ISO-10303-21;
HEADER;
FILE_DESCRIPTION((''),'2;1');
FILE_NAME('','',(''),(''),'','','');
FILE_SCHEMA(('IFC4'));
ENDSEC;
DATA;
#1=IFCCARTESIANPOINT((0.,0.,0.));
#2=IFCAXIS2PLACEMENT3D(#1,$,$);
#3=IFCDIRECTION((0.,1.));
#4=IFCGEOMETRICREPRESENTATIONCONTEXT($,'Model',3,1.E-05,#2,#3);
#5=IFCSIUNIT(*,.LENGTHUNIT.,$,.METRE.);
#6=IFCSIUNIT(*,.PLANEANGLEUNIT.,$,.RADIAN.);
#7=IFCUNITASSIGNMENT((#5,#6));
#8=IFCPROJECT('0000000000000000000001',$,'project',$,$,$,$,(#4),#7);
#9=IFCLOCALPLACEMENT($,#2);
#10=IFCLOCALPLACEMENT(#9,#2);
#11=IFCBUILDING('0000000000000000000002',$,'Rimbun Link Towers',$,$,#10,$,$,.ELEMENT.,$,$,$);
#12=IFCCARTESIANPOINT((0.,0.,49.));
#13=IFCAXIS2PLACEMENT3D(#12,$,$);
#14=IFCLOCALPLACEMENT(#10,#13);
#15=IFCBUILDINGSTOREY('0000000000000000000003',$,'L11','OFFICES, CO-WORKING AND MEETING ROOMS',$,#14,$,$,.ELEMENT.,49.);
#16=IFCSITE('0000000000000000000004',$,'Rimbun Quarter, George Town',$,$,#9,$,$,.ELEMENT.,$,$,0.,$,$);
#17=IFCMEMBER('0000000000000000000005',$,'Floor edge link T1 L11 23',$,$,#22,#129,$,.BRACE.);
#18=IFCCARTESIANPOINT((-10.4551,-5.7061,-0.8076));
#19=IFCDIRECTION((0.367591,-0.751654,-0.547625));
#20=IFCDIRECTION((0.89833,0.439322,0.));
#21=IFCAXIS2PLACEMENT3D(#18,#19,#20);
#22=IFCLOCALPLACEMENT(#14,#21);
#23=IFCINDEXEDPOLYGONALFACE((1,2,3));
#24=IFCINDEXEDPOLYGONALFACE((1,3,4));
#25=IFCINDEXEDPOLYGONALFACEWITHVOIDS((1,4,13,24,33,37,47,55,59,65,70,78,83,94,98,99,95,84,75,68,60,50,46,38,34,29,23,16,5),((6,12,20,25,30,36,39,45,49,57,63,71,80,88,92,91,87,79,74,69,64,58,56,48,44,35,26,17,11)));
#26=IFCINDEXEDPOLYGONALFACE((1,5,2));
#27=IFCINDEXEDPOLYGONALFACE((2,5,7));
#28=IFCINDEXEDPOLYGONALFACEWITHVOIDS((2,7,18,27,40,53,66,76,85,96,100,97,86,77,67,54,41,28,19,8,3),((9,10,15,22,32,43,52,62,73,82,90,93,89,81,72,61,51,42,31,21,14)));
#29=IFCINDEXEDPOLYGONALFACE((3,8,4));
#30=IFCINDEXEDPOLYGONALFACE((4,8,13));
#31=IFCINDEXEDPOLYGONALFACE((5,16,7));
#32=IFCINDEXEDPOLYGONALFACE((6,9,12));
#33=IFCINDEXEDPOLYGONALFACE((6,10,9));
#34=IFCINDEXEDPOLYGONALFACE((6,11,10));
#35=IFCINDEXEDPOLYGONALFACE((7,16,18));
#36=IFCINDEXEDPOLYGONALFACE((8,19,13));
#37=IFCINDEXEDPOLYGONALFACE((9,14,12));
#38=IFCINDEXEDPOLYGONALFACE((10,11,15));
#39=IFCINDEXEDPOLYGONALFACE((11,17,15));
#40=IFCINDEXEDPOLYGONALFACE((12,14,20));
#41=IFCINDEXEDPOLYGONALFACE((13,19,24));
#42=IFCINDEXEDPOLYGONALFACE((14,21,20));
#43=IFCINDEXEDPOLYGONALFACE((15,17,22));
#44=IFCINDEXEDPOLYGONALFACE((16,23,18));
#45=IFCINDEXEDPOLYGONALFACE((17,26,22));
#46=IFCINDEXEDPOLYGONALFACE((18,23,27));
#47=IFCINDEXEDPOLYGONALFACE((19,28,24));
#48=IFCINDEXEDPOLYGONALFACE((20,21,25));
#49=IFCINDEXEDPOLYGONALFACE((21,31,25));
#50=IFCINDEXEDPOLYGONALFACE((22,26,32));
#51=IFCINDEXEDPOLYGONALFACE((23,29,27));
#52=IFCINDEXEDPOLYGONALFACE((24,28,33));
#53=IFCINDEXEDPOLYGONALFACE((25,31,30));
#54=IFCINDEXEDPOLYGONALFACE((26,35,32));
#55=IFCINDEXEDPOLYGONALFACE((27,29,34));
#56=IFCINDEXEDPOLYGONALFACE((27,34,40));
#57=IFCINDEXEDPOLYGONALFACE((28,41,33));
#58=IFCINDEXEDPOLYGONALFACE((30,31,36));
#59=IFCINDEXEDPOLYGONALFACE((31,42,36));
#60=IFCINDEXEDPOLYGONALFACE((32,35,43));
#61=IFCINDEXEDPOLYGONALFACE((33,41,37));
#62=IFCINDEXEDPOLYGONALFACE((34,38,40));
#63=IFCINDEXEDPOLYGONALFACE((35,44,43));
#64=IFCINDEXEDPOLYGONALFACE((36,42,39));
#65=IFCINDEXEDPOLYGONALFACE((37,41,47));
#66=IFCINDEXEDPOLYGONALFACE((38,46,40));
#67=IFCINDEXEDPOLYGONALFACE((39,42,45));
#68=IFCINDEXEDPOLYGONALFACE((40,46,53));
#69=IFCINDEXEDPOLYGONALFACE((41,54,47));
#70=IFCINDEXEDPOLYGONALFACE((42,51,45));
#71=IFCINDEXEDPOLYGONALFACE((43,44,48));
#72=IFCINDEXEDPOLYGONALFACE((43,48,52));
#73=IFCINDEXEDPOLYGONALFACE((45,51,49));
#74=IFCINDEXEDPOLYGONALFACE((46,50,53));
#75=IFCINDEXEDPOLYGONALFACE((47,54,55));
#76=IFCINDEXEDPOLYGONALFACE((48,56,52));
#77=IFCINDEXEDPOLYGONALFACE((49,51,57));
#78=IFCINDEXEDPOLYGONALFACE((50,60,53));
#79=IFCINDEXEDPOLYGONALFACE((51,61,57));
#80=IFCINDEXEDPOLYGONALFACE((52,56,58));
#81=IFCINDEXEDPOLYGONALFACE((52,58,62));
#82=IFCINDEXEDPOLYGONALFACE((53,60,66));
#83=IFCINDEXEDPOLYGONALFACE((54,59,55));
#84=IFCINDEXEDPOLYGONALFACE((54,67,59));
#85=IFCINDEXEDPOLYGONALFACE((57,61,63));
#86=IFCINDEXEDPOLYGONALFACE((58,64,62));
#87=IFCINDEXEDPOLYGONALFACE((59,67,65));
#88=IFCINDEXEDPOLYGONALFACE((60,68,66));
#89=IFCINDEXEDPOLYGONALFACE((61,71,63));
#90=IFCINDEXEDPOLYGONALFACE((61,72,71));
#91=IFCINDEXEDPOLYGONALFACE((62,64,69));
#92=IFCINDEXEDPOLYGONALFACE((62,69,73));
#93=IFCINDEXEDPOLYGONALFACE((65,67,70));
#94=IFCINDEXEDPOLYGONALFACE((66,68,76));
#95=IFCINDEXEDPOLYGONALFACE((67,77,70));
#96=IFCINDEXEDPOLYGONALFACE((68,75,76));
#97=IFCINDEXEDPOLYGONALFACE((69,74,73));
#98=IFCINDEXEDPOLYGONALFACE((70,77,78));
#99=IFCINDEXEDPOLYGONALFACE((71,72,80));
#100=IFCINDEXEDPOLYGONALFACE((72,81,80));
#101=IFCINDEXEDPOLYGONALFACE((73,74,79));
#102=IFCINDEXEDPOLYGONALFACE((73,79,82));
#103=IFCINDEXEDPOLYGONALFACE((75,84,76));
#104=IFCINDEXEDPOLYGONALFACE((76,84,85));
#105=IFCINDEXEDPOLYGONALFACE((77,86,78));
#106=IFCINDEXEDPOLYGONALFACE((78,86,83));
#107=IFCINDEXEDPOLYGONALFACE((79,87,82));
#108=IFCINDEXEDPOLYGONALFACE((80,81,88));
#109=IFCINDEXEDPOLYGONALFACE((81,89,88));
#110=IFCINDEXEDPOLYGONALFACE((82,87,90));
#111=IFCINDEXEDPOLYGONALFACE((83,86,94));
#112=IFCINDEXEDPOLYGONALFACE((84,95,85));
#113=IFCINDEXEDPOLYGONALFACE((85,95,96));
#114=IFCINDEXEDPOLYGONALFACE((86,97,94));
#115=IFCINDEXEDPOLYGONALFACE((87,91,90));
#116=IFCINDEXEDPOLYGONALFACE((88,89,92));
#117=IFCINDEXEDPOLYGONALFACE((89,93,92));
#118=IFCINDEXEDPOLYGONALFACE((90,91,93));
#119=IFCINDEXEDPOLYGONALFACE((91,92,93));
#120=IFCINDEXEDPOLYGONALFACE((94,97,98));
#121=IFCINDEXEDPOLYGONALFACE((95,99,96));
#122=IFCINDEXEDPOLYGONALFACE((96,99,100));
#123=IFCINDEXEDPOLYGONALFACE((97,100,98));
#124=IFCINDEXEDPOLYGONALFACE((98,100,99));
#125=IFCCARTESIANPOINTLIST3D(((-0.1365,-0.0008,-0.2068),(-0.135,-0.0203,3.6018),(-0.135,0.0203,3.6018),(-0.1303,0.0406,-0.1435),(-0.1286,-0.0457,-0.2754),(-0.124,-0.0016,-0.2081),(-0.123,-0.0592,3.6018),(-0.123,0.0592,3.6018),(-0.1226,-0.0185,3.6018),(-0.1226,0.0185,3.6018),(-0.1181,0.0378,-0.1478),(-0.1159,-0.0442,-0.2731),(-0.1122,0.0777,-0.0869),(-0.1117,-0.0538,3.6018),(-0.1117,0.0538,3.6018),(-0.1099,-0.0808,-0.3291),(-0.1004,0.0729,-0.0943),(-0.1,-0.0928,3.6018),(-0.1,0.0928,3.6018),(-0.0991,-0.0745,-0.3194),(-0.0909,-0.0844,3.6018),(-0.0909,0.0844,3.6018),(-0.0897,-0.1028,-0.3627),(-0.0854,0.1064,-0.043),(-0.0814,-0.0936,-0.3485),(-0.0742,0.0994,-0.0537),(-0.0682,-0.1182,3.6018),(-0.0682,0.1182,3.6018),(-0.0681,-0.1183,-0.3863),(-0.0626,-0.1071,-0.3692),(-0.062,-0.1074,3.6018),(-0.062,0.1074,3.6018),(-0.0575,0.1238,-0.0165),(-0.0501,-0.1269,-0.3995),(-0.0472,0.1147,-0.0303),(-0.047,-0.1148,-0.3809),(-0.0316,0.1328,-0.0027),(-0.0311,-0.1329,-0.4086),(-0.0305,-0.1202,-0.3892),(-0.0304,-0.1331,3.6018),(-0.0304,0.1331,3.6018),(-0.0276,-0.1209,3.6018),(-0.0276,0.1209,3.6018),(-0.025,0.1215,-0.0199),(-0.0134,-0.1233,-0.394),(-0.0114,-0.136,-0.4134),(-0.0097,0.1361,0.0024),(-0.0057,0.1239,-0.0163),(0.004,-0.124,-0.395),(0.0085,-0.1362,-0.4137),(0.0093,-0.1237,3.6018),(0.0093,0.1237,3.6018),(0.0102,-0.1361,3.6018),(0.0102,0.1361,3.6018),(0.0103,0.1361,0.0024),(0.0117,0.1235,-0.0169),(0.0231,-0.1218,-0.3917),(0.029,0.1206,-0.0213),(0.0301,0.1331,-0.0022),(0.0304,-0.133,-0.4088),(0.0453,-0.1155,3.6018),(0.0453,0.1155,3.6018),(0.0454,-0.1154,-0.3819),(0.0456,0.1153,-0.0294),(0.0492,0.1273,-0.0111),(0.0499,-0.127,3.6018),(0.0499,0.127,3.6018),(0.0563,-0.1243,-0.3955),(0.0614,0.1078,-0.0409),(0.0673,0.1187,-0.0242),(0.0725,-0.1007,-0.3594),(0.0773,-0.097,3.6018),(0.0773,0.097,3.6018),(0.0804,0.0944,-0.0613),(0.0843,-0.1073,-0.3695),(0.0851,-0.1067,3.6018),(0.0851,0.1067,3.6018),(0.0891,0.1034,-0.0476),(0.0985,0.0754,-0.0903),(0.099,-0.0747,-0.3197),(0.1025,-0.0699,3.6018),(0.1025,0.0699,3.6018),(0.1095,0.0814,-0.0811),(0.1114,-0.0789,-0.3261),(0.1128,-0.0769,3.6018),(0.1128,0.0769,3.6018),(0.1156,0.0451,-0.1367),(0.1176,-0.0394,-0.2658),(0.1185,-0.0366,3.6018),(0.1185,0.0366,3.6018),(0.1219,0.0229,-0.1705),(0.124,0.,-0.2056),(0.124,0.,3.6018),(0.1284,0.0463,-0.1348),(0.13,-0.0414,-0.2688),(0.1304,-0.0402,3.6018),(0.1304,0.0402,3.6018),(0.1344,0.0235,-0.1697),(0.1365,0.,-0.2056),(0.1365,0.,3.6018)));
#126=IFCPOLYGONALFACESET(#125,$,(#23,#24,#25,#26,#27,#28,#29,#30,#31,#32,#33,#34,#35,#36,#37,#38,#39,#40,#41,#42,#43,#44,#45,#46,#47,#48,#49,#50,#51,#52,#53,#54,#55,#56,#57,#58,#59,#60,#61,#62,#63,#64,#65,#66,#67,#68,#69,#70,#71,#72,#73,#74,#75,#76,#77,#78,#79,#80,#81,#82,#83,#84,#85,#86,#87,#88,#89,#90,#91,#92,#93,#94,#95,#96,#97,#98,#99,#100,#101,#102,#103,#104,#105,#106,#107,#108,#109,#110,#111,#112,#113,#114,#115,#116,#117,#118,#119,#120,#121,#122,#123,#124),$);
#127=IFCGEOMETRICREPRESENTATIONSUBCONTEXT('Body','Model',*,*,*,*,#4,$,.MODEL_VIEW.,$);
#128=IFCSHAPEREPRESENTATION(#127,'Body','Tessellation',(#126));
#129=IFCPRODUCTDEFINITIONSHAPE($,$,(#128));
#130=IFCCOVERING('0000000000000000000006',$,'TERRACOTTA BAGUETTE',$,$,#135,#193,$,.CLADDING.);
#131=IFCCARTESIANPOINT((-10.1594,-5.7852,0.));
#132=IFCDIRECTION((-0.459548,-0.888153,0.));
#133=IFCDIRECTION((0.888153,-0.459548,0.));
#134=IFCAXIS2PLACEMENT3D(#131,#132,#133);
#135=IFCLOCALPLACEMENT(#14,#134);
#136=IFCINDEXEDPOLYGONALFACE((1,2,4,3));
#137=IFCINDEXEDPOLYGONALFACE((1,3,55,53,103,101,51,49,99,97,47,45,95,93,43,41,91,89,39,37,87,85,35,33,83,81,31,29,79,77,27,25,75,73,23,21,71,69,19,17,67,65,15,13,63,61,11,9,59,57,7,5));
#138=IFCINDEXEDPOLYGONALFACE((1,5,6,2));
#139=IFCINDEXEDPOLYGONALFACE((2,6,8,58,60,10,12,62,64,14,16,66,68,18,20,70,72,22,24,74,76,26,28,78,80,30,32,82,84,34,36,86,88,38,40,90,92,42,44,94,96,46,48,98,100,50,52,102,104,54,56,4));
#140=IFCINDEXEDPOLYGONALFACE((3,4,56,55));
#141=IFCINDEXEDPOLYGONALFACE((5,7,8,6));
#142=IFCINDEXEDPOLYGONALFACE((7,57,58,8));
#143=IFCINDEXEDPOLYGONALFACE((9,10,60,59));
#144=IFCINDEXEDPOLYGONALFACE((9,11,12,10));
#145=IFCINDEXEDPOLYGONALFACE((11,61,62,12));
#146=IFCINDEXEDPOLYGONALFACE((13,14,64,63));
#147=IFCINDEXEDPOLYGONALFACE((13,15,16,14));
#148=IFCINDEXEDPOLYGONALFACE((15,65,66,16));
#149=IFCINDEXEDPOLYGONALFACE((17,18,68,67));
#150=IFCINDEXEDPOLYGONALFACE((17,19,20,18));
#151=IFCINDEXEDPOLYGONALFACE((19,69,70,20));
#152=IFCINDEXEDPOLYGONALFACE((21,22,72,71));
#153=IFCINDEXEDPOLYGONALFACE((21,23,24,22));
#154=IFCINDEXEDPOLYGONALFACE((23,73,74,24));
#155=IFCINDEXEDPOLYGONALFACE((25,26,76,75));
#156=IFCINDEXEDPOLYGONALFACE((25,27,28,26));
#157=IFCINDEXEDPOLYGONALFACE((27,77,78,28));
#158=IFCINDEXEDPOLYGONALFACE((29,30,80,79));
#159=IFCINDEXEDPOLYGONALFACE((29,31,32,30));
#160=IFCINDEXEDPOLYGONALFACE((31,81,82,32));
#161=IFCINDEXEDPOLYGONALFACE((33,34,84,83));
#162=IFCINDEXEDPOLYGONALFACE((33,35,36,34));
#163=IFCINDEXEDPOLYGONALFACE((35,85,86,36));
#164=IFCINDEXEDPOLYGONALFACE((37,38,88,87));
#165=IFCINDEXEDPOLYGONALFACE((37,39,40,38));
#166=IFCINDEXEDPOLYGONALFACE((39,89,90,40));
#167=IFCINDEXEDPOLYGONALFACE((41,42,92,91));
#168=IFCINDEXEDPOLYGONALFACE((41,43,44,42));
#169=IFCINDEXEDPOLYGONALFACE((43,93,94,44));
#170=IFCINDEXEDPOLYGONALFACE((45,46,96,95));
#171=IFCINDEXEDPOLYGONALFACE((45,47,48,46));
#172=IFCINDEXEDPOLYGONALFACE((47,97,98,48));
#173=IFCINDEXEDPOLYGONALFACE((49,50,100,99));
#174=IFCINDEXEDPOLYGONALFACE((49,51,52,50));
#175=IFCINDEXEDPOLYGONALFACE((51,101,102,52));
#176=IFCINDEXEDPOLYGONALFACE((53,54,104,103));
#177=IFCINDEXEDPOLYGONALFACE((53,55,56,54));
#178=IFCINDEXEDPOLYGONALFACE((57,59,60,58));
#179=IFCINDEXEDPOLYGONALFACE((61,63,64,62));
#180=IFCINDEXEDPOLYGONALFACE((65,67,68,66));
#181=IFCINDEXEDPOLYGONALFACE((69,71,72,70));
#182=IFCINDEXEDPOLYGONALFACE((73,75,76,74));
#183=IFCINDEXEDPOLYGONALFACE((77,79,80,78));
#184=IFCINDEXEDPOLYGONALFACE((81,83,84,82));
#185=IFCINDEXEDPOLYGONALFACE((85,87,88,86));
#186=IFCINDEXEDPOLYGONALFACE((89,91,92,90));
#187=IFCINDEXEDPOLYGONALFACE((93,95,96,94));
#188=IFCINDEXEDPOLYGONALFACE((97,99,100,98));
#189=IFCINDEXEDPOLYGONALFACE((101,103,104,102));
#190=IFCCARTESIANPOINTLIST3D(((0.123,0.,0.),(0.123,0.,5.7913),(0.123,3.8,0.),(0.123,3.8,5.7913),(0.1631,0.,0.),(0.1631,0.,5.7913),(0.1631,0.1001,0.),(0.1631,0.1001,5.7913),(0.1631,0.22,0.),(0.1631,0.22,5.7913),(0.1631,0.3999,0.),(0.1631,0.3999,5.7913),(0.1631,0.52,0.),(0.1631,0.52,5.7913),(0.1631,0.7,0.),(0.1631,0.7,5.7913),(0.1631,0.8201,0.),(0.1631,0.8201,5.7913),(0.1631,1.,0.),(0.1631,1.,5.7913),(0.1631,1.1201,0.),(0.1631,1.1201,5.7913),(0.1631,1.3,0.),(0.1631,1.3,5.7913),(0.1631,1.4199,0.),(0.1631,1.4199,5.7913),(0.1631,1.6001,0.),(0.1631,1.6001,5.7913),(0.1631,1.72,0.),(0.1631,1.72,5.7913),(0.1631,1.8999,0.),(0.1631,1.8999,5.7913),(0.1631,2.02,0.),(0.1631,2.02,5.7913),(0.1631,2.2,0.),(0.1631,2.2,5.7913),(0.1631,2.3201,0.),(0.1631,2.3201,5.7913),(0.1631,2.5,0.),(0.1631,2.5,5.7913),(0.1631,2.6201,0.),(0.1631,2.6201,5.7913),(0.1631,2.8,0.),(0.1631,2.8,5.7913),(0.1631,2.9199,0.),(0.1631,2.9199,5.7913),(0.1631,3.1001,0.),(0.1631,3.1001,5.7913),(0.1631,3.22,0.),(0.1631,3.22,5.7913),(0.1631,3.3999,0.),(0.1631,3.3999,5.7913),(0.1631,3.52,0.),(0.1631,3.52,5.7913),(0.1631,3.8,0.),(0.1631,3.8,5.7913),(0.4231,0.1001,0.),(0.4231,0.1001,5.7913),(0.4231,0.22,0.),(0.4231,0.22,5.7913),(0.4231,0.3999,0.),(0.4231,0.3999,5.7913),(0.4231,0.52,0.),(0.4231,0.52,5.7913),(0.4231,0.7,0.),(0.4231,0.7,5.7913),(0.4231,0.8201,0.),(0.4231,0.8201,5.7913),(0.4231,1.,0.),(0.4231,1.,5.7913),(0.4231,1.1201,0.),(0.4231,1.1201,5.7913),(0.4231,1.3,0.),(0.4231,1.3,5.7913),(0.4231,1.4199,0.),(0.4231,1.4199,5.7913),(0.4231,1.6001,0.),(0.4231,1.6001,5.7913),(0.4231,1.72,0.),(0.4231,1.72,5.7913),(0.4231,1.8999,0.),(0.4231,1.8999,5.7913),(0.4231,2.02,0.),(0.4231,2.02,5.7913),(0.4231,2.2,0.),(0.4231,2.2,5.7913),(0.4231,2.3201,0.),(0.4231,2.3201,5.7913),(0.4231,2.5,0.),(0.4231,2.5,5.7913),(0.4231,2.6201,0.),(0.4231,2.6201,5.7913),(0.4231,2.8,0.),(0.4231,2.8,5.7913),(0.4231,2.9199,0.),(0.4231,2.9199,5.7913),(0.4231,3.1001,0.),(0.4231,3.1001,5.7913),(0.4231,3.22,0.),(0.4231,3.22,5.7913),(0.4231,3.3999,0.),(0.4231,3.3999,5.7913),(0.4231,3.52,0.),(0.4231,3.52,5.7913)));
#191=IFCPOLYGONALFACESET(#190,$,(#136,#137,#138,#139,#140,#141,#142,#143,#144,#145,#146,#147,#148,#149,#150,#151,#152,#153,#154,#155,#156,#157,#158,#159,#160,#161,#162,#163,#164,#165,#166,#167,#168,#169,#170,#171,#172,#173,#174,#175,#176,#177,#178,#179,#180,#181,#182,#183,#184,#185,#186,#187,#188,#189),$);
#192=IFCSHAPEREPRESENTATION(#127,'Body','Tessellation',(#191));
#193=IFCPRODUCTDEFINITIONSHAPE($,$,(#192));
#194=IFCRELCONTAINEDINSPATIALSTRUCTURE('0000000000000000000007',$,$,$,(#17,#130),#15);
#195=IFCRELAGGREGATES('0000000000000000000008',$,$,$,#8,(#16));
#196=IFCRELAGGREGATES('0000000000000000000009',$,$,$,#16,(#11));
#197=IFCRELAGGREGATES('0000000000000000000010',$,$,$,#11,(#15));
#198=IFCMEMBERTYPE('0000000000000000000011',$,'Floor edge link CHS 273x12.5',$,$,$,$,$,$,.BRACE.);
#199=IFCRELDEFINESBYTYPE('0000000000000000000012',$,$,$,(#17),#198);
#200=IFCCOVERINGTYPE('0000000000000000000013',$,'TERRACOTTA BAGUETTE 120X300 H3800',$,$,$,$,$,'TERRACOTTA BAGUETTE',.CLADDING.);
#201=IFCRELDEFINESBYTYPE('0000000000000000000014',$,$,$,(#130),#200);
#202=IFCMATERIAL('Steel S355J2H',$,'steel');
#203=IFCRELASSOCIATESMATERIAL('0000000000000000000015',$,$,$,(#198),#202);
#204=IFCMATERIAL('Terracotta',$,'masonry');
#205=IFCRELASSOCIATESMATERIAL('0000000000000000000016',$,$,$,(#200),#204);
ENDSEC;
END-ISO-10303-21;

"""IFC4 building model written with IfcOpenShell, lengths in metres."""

from ifc_helpers import new_model, si_unit, direction, frame, origin, origin_2d, place, context, subcontext, project, spatial, polyline, hollow_circle, outline, extrude, clip, halfspace, material, material_profile, profile_set, type_object, element, save


model = new_model("IFC4")

# Units and contexts
model_context = context("Model", 3, precision=1e-05, world=origin(), true_north=direction((0.0, 1.0)))
body_context = subcontext(model_context, "Body", "Model", "MODEL_VIEW")
ifc_project = project(units=[si_unit("LENGTHUNIT", "METRE"), si_unit("PLANEANGLEUNIT", "RADIAN")], contexts=[model_context])

# Site, building, storey
site_placement = place(None, origin())
site = spatial("IfcSite", under=ifc_project, at=site_placement, Name="Rimbun Quarter, George Town", CompositionType="ELEMENT", RefElevation=0.0)
building_placement = place(site_placement, origin())
building = spatial("IfcBuilding", under=site, at=building_placement, Name="Rimbun Link Towers", CompositionType="ELEMENT")
storey_placement = place(building_placement, frame((0.0, 0.0, 49.0)))
storey = spatial("IfcBuildingStorey", under=building, at=storey_placement, Name="L11", Description="OFFICES, CO-WORKING AND MEETING ROOMS", CompositionType="ELEMENT", Elevation=49.0)

# Member
ifc_material_1 = material(Name="Steel S355J2H", Category="steel")
ifc_material_profile_1 = material_profile(ifc_material_1, hollow_circle(Radius=0.1365, WallThickness=0.0125, at=origin_2d()), Name="CHS 273x12.5")
ifc_profile_set_1 = profile_set([ifc_material_profile_1], Name="Steel S355J2H")
member_type_1 = type_object("IfcMemberType", Name="Floor edge link CHS 273x12.5", PredefinedType="BRACE", material=ifc_profile_set_1)
member_1_placement = place(storey_placement, frame((-10.4551, -5.7061, -0.8076), z_axis=(0.367591, -0.751654, -0.547625), x_axis=(0.89833, 0.439322, 0.0)))
element("IfcMember", 1, at=member_1_placement, inside=storey, type_object=member_type_1, Name="Floor edge link T1 L11 23", PredefinedType="BRACE", context=body_context, shape_type="Clipping", body=[
    clip(extrude(hollow_circle(Radius=0.1365, WallThickness=0.0125, at=origin_2d()), frame((0.0, 0.0, -0.4353)), (0.0, 0.0, 1.0), 4.0371), halfspace(frame((0.0, 0.0, -0.2056), z_axis=(0.0, 0.836724, -0.547625)), False)),
])

# Covering
ifc_material_2 = material(Name="Terracotta", Category="masonry")
ifc_material_profile_2 = material_profile(ifc_material_2, outline(polyline([(0.123, 0.0), (0.1631, 0.0), (0.1631, 0.1001), (0.4231, 0.1001), (0.4231, 0.22), (0.1631, 0.22), (0.1631, 0.3999), (0.4231, 0.3999), (0.4231, 0.52), (0.1631, 0.52), (0.1631, 0.7), (0.4231, 0.7), (0.4231, 0.8201), (0.1631, 0.8201), (0.1631, 1.0), (0.4231, 1.0), (0.4231, 1.1201), (0.1631, 1.1201), (0.1631, 1.3), (0.4231, 1.3), (0.4231, 1.4199), (0.1631, 1.4199), (0.1631, 1.6001), (0.4231, 1.6001), (0.4231, 1.72), (0.1631, 1.72), (0.1631, 1.8999), (0.4231, 1.8999), (0.4231, 2.02), (0.1631, 2.02), (0.1631, 2.2), (0.4231, 2.2), (0.4231, 2.3201), (0.1631, 2.3201), (0.1631, 2.5), (0.4231, 2.5), (0.4231, 2.6201), (0.1631, 2.6201), (0.1631, 2.8), (0.4231, 2.8), (0.4231, 2.9199), (0.1631, 2.9199), (0.1631, 3.1001), (0.4231, 3.1001), (0.4231, 3.22), (0.1631, 3.22), (0.1631, 3.3999), (0.4231, 3.3999), (0.4231, 3.52), (0.1631, 3.52), (0.1631, 3.8), (0.123, 3.8), (0.123, 0.0)])), Name="BAGUETTE 120X300")
ifc_profile_set_2 = profile_set([ifc_material_profile_2], Name="Terracotta")
covering_type = type_object("IfcCoveringType", Name="TERRACOTTA BAGUETTE 120X300 H3800", ElementType="TERRACOTTA BAGUETTE", PredefinedType="CLADDING", material=ifc_profile_set_2)
covering_1_placement = place(storey_placement, frame((-10.1594, -5.7852, 0.0), z_axis=(-0.459548, -0.888153, 0.0), x_axis=(0.888153, -0.459548, 0.0)))
element("IfcCovering", 2, at=covering_1_placement, inside=storey, type_object=covering_type, Name="TERRACOTTA BAGUETTE", PredefinedType="CLADDING", context=body_context, shape_type="SweptSolid", body=[
    extrude(outline(polyline([(0.123, 0.0), (0.1631, 0.0), (0.1631, 0.1001), (0.4231, 0.1001), (0.4231, 0.22), (0.1631, 0.22), (0.1631, 0.3999), (0.4231, 0.3999), (0.4231, 0.52), (0.1631, 0.52), (0.1631, 0.7), (0.4231, 0.7), (0.4231, 0.8201), (0.1631, 0.8201), (0.1631, 1.0), (0.4231, 1.0), (0.4231, 1.1201), (0.1631, 1.1201), (0.1631, 1.3), (0.4231, 1.3), (0.4231, 1.4199), (0.1631, 1.4199), (0.1631, 1.6001), (0.4231, 1.6001), (0.4231, 1.72), (0.1631, 1.72), (0.1631, 1.8999), (0.4231, 1.8999), (0.4231, 2.02), (0.1631, 2.02), (0.1631, 2.2), (0.4231, 2.2), (0.4231, 2.3201), (0.1631, 2.3201), (0.1631, 2.5), (0.4231, 2.5), (0.4231, 2.6201), (0.1631, 2.6201), (0.1631, 2.8), (0.4231, 2.8), (0.4231, 2.9199), (0.1631, 2.9199), (0.1631, 3.1001), (0.4231, 3.1001), (0.4231, 3.22), (0.1631, 3.22), (0.1631, 3.3999), (0.4231, 3.3999), (0.4231, 3.52), (0.1631, 3.52), (0.1631, 3.8), (0.123, 3.8), (0.123, 0.0)])), origin(), (0.0, 0.0, 1.0), 5.7913),
])

save(model, "model.ifc")
